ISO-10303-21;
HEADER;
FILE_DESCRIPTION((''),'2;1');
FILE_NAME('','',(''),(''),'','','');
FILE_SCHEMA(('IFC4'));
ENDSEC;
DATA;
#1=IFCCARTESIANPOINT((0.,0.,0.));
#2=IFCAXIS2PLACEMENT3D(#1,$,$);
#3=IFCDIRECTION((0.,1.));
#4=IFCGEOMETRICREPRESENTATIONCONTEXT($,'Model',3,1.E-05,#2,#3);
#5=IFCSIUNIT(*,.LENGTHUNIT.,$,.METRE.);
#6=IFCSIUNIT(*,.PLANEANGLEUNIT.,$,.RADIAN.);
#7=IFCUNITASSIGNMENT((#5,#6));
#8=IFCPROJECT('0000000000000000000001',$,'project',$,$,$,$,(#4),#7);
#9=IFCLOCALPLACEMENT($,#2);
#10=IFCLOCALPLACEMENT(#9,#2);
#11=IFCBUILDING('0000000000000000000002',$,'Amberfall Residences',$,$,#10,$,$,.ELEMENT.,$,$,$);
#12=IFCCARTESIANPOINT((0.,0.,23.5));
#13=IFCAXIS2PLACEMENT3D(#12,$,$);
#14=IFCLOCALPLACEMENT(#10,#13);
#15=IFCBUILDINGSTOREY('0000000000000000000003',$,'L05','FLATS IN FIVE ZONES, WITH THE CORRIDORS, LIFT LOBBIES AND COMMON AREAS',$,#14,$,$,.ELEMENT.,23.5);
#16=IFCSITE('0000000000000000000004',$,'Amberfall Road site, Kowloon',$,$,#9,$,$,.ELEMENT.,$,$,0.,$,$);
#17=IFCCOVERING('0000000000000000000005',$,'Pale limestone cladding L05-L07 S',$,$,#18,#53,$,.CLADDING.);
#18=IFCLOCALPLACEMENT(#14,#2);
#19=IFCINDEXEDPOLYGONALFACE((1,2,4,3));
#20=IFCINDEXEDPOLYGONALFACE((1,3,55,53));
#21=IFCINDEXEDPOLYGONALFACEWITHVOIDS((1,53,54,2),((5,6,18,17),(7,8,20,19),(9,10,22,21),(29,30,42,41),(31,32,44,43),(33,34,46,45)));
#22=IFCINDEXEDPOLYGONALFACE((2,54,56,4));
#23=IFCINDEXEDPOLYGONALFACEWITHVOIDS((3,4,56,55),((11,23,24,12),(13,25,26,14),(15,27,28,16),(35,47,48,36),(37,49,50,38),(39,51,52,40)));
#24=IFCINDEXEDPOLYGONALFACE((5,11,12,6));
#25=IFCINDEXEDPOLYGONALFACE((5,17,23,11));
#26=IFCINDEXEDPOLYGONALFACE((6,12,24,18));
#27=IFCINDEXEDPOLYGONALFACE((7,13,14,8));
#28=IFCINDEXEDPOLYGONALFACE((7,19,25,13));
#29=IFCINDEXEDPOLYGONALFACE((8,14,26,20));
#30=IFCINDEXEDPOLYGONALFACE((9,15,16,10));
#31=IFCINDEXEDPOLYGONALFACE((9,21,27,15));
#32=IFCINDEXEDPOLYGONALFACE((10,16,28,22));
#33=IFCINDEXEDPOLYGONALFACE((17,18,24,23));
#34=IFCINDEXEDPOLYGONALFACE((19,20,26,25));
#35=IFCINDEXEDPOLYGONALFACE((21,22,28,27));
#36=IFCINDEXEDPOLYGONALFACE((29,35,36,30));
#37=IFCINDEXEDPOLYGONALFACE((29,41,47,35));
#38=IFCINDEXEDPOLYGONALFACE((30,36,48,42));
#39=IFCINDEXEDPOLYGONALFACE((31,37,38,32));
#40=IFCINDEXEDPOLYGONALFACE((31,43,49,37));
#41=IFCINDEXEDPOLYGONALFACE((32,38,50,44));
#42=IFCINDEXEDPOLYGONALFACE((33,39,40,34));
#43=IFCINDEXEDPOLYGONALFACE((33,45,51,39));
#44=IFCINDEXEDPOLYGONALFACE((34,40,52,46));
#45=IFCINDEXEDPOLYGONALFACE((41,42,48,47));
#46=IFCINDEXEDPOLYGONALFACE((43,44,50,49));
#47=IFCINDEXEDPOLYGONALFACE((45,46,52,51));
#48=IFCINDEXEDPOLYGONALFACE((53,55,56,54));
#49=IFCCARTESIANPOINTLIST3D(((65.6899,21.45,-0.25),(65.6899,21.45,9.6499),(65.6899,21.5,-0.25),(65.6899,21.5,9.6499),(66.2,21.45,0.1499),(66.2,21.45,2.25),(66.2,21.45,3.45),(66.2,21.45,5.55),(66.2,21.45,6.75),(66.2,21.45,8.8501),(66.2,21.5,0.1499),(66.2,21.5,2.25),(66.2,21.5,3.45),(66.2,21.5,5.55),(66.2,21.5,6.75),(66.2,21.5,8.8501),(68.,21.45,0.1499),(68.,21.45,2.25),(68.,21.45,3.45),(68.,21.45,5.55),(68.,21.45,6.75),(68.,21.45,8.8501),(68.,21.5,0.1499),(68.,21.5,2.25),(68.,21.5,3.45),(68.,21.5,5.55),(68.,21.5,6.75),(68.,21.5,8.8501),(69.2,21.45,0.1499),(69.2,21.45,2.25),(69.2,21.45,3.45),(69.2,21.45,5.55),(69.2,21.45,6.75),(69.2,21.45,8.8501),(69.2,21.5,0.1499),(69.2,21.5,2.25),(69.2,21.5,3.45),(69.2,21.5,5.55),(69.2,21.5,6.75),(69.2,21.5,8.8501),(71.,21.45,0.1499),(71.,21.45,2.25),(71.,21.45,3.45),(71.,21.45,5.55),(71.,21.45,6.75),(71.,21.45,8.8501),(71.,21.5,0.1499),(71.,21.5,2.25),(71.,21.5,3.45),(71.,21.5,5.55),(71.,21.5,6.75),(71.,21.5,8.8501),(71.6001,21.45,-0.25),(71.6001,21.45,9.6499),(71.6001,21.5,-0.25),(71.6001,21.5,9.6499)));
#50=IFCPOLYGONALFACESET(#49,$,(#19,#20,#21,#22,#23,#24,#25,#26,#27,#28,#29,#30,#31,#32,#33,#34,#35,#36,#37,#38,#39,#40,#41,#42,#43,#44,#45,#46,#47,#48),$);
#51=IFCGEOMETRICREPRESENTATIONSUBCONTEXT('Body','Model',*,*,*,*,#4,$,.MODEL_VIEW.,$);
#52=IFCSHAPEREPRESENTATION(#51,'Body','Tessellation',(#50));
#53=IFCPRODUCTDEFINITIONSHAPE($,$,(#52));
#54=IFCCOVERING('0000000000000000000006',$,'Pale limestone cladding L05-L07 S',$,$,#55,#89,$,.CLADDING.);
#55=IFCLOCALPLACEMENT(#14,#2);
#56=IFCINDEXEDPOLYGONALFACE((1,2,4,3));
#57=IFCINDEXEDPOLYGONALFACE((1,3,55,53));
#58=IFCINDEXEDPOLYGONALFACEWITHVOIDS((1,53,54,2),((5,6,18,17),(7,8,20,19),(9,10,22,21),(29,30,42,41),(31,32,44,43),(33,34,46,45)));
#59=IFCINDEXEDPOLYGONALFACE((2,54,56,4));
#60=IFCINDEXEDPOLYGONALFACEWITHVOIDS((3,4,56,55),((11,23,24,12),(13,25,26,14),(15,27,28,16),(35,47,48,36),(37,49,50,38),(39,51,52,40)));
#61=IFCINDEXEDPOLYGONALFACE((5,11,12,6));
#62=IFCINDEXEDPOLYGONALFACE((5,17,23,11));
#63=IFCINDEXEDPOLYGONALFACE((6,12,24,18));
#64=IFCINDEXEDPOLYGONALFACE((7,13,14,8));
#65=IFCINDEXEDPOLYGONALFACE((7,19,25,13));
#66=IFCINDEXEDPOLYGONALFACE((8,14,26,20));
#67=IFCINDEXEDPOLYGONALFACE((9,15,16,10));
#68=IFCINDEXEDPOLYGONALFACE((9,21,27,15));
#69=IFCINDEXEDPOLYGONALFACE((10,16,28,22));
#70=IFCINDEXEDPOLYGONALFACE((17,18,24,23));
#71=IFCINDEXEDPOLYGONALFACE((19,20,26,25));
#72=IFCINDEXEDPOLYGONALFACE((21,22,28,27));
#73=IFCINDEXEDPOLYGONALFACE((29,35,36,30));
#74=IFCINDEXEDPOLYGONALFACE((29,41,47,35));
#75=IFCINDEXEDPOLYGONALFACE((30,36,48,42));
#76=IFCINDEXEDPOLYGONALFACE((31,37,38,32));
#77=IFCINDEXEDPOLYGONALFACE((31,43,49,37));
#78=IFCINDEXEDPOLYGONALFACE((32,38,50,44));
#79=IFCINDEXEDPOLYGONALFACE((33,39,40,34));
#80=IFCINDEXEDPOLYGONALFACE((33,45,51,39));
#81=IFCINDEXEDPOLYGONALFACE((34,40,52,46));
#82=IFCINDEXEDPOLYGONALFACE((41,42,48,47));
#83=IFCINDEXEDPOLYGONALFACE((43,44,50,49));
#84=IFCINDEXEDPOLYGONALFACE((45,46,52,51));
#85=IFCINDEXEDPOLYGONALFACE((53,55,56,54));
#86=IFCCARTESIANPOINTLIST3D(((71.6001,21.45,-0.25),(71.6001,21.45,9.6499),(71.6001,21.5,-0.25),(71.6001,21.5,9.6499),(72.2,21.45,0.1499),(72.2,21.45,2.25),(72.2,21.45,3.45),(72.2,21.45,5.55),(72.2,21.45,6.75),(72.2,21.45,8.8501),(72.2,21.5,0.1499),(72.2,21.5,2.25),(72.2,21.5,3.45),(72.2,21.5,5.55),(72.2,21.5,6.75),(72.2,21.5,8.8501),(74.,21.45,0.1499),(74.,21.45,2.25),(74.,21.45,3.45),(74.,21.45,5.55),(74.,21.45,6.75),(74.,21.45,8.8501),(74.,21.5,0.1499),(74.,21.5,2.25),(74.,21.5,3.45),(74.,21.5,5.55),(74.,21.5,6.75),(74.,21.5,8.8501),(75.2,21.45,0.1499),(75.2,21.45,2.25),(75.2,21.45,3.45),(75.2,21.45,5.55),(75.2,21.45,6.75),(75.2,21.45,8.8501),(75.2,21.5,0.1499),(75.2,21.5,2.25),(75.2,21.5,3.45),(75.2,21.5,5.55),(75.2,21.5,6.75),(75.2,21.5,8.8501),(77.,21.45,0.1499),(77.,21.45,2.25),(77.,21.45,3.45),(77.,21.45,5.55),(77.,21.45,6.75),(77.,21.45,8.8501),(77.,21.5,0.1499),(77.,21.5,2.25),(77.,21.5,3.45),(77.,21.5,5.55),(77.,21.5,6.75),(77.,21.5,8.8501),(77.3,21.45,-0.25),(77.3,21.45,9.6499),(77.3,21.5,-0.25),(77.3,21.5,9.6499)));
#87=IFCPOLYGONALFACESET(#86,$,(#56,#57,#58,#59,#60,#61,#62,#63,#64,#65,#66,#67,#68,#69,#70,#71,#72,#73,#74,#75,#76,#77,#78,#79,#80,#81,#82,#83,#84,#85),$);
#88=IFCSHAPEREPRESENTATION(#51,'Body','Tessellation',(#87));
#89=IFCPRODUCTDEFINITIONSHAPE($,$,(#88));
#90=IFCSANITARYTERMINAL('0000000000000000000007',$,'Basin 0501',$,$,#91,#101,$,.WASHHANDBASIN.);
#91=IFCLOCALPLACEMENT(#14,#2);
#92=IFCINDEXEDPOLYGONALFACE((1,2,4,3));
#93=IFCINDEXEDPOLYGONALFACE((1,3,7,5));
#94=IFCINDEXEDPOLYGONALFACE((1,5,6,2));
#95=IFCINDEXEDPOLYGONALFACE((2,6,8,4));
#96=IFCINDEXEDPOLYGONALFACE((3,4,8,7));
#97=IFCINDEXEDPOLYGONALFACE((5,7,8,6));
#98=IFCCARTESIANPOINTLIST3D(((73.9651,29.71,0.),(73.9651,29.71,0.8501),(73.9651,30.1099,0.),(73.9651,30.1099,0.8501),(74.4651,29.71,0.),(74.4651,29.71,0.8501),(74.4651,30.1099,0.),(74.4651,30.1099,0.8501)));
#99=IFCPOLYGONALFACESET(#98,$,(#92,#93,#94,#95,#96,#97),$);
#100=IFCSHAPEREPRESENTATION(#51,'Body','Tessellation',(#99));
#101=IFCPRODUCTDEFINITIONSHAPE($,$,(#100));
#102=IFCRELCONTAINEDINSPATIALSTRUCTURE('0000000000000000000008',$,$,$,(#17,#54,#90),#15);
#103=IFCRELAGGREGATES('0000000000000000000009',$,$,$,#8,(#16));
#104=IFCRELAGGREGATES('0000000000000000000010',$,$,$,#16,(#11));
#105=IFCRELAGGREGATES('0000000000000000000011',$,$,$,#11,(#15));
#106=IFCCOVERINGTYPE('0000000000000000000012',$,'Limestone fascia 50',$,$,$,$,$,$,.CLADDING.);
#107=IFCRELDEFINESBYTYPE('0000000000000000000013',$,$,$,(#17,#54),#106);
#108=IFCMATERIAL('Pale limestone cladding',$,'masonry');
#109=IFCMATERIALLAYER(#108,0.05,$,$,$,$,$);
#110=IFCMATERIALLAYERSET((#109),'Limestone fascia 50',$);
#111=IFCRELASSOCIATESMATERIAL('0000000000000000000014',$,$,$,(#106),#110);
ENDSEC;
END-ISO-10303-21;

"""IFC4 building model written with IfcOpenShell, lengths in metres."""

from ifc_helpers import new_model, si_unit, direction, frame, origin, origin_2d, place, context, subcontext, project, spatial, polyline, rectangle, outline, extrude, material, layer, layer_set, type_object, element, save


model = new_model("IFC4")

# Units and contexts
model_context = context("Model", 3, precision=1e-05, world=origin(), true_north=direction((0.0, 1.0)))
body_context = subcontext(model_context, "Body", "Model", "MODEL_VIEW")
ifc_project = project(units=[si_unit("LENGTHUNIT", "METRE"), si_unit("PLANEANGLEUNIT", "RADIAN")], contexts=[model_context])

# Site, building, storey
site_placement = place(None, origin())
site = spatial("IfcSite", under=ifc_project, at=site_placement, Name="Amberfall Road site, Kowloon", CompositionType="ELEMENT", RefElevation=0.0)
building_placement = place(site_placement, origin())
building = spatial("IfcBuilding", under=site, at=building_placement, Name="Amberfall Residences", CompositionType="ELEMENT")
storey_placement = place(building_placement, frame((0.0, 0.0, 23.5)))
storey = spatial("IfcBuildingStorey", under=building, at=storey_placement, Name="L05", Description="FLATS IN FIVE ZONES, WITH THE CORRIDORS, LIFT LOBBIES AND COMMON AREAS", CompositionType="ELEMENT", Elevation=23.5)

# Coverings
ifc_material_1 = material(Name="Pale limestone cladding", Category="masonry")
ifc_layer_1 = layer(ifc_material_1, 0.05)
ifc_layer_set_1 = layer_set([ifc_layer_1], Name="Limestone fascia 50")
covering_type = type_object("IfcCoveringType", Name="Limestone fascia 50", PredefinedType="CLADDING", material=ifc_layer_set_1)
covering_1_placement = place(storey_placement, frame((65.6899, 21.5, 9.6499), z_axis=(0.0, 1.0, 0.0), x_axis=(1.0, 0.0, 0.0)))
element("IfcCovering", 1, at=covering_1_placement, inside=storey, type_object=covering_type, Name="Pale limestone cladding L05-L07 S", PredefinedType="CLADDING", context=body_context, shape_type="SweptSolid", body=[
    extrude(outline(polyline([(0.0, 0.0), (5.9102, 0.0), (5.9102, 9.8999), (0.0, 9.8999), (0.0, 0.0)]), holes=[polyline([(0.51, 7.3999), (2.3101, 7.3999), (2.3101, 9.5), (0.51, 9.5), (0.51, 7.3999)]), polyline([(3.51, 7.3999), (5.3101, 7.3999), (5.3101, 9.5), (3.51, 9.5), (3.51, 7.3999)]), polyline([(0.51, 4.0999), (2.3101, 4.0999), (2.3101, 6.2), (0.51, 6.2), (0.51, 4.0999)]), polyline([(3.51, 4.0999), (5.3101, 4.0999), (5.3101, 6.2), (3.51, 6.2), (3.51, 4.0999)]), polyline([(0.51, 0.7998), (2.3101, 0.7998), (2.3101, 2.8999), (0.51, 2.8999), (0.51, 0.7998)]), polyline([(3.51, 0.7998), (5.3101, 0.7998), (5.3101, 2.8999), (3.51, 2.8999), (3.51, 0.7998)])]), origin(), (0.0, 0.0, -1.0), 0.05),
])
covering_2_placement = place(storey_placement, frame((71.6001, 21.5, 9.6499), z_axis=(0.0, 1.0, 0.0), x_axis=(1.0, 0.0, 0.0)))
element("IfcCovering", 2, at=covering_2_placement, inside=storey, type_object=covering_type, Name="Pale limestone cladding L05-L07 S", PredefinedType="CLADDING", context=body_context, shape_type="SweptSolid", body=[
    extrude(outline(polyline([(0.0, 0.0), (5.7, 0.0), (5.7, 9.8999), (0.0, 9.8999), (0.0, 0.0)]), holes=[polyline([(0.5999, 7.3999), (2.3999, 7.3999), (2.3999, 9.5), (0.5999, 9.5), (0.5999, 7.3999)]), polyline([(3.5999, 7.3999), (5.3999, 7.3999), (5.3999, 9.5), (3.5999, 9.5), (3.5999, 7.3999)]), polyline([(0.5999, 4.0999), (2.3999, 4.0999), (2.3999, 6.2), (0.5999, 6.2), (0.5999, 4.0999)]), polyline([(3.5999, 4.0999), (5.3999, 4.0999), (5.3999, 6.2), (3.5999, 6.2), (3.5999, 4.0999)]), polyline([(0.5999, 0.7998), (2.3999, 0.7998), (2.3999, 2.8999), (0.5999, 2.8999), (0.5999, 0.7998)]), polyline([(3.5999, 0.7998), (5.3999, 0.7998), (5.3999, 2.8999), (3.5999, 2.8999), (3.5999, 0.7998)])]), origin(), (0.0, 0.0, -1.0), 0.05),
])

# Sanitary terminal
sanitary_terminal_placement = place(storey_placement, frame((74.2151, 29.9099, 0.0), z_axis=(0.0, 0.0, 1.0), x_axis=(1.0, 0.0, 0.0)))
element("IfcSanitaryTerminal", 3, at=sanitary_terminal_placement, inside=storey, Name="Basin 0501", PredefinedType="WASHHANDBASIN", context=body_context, shape_type="SweptSolid", body=[
    extrude(rectangle(XDim=0.5, YDim=0.3999, at=origin_2d()), origin(), (0.0, 0.0, 1.0), 0.8501),
])

save(model, "model.ifc")
